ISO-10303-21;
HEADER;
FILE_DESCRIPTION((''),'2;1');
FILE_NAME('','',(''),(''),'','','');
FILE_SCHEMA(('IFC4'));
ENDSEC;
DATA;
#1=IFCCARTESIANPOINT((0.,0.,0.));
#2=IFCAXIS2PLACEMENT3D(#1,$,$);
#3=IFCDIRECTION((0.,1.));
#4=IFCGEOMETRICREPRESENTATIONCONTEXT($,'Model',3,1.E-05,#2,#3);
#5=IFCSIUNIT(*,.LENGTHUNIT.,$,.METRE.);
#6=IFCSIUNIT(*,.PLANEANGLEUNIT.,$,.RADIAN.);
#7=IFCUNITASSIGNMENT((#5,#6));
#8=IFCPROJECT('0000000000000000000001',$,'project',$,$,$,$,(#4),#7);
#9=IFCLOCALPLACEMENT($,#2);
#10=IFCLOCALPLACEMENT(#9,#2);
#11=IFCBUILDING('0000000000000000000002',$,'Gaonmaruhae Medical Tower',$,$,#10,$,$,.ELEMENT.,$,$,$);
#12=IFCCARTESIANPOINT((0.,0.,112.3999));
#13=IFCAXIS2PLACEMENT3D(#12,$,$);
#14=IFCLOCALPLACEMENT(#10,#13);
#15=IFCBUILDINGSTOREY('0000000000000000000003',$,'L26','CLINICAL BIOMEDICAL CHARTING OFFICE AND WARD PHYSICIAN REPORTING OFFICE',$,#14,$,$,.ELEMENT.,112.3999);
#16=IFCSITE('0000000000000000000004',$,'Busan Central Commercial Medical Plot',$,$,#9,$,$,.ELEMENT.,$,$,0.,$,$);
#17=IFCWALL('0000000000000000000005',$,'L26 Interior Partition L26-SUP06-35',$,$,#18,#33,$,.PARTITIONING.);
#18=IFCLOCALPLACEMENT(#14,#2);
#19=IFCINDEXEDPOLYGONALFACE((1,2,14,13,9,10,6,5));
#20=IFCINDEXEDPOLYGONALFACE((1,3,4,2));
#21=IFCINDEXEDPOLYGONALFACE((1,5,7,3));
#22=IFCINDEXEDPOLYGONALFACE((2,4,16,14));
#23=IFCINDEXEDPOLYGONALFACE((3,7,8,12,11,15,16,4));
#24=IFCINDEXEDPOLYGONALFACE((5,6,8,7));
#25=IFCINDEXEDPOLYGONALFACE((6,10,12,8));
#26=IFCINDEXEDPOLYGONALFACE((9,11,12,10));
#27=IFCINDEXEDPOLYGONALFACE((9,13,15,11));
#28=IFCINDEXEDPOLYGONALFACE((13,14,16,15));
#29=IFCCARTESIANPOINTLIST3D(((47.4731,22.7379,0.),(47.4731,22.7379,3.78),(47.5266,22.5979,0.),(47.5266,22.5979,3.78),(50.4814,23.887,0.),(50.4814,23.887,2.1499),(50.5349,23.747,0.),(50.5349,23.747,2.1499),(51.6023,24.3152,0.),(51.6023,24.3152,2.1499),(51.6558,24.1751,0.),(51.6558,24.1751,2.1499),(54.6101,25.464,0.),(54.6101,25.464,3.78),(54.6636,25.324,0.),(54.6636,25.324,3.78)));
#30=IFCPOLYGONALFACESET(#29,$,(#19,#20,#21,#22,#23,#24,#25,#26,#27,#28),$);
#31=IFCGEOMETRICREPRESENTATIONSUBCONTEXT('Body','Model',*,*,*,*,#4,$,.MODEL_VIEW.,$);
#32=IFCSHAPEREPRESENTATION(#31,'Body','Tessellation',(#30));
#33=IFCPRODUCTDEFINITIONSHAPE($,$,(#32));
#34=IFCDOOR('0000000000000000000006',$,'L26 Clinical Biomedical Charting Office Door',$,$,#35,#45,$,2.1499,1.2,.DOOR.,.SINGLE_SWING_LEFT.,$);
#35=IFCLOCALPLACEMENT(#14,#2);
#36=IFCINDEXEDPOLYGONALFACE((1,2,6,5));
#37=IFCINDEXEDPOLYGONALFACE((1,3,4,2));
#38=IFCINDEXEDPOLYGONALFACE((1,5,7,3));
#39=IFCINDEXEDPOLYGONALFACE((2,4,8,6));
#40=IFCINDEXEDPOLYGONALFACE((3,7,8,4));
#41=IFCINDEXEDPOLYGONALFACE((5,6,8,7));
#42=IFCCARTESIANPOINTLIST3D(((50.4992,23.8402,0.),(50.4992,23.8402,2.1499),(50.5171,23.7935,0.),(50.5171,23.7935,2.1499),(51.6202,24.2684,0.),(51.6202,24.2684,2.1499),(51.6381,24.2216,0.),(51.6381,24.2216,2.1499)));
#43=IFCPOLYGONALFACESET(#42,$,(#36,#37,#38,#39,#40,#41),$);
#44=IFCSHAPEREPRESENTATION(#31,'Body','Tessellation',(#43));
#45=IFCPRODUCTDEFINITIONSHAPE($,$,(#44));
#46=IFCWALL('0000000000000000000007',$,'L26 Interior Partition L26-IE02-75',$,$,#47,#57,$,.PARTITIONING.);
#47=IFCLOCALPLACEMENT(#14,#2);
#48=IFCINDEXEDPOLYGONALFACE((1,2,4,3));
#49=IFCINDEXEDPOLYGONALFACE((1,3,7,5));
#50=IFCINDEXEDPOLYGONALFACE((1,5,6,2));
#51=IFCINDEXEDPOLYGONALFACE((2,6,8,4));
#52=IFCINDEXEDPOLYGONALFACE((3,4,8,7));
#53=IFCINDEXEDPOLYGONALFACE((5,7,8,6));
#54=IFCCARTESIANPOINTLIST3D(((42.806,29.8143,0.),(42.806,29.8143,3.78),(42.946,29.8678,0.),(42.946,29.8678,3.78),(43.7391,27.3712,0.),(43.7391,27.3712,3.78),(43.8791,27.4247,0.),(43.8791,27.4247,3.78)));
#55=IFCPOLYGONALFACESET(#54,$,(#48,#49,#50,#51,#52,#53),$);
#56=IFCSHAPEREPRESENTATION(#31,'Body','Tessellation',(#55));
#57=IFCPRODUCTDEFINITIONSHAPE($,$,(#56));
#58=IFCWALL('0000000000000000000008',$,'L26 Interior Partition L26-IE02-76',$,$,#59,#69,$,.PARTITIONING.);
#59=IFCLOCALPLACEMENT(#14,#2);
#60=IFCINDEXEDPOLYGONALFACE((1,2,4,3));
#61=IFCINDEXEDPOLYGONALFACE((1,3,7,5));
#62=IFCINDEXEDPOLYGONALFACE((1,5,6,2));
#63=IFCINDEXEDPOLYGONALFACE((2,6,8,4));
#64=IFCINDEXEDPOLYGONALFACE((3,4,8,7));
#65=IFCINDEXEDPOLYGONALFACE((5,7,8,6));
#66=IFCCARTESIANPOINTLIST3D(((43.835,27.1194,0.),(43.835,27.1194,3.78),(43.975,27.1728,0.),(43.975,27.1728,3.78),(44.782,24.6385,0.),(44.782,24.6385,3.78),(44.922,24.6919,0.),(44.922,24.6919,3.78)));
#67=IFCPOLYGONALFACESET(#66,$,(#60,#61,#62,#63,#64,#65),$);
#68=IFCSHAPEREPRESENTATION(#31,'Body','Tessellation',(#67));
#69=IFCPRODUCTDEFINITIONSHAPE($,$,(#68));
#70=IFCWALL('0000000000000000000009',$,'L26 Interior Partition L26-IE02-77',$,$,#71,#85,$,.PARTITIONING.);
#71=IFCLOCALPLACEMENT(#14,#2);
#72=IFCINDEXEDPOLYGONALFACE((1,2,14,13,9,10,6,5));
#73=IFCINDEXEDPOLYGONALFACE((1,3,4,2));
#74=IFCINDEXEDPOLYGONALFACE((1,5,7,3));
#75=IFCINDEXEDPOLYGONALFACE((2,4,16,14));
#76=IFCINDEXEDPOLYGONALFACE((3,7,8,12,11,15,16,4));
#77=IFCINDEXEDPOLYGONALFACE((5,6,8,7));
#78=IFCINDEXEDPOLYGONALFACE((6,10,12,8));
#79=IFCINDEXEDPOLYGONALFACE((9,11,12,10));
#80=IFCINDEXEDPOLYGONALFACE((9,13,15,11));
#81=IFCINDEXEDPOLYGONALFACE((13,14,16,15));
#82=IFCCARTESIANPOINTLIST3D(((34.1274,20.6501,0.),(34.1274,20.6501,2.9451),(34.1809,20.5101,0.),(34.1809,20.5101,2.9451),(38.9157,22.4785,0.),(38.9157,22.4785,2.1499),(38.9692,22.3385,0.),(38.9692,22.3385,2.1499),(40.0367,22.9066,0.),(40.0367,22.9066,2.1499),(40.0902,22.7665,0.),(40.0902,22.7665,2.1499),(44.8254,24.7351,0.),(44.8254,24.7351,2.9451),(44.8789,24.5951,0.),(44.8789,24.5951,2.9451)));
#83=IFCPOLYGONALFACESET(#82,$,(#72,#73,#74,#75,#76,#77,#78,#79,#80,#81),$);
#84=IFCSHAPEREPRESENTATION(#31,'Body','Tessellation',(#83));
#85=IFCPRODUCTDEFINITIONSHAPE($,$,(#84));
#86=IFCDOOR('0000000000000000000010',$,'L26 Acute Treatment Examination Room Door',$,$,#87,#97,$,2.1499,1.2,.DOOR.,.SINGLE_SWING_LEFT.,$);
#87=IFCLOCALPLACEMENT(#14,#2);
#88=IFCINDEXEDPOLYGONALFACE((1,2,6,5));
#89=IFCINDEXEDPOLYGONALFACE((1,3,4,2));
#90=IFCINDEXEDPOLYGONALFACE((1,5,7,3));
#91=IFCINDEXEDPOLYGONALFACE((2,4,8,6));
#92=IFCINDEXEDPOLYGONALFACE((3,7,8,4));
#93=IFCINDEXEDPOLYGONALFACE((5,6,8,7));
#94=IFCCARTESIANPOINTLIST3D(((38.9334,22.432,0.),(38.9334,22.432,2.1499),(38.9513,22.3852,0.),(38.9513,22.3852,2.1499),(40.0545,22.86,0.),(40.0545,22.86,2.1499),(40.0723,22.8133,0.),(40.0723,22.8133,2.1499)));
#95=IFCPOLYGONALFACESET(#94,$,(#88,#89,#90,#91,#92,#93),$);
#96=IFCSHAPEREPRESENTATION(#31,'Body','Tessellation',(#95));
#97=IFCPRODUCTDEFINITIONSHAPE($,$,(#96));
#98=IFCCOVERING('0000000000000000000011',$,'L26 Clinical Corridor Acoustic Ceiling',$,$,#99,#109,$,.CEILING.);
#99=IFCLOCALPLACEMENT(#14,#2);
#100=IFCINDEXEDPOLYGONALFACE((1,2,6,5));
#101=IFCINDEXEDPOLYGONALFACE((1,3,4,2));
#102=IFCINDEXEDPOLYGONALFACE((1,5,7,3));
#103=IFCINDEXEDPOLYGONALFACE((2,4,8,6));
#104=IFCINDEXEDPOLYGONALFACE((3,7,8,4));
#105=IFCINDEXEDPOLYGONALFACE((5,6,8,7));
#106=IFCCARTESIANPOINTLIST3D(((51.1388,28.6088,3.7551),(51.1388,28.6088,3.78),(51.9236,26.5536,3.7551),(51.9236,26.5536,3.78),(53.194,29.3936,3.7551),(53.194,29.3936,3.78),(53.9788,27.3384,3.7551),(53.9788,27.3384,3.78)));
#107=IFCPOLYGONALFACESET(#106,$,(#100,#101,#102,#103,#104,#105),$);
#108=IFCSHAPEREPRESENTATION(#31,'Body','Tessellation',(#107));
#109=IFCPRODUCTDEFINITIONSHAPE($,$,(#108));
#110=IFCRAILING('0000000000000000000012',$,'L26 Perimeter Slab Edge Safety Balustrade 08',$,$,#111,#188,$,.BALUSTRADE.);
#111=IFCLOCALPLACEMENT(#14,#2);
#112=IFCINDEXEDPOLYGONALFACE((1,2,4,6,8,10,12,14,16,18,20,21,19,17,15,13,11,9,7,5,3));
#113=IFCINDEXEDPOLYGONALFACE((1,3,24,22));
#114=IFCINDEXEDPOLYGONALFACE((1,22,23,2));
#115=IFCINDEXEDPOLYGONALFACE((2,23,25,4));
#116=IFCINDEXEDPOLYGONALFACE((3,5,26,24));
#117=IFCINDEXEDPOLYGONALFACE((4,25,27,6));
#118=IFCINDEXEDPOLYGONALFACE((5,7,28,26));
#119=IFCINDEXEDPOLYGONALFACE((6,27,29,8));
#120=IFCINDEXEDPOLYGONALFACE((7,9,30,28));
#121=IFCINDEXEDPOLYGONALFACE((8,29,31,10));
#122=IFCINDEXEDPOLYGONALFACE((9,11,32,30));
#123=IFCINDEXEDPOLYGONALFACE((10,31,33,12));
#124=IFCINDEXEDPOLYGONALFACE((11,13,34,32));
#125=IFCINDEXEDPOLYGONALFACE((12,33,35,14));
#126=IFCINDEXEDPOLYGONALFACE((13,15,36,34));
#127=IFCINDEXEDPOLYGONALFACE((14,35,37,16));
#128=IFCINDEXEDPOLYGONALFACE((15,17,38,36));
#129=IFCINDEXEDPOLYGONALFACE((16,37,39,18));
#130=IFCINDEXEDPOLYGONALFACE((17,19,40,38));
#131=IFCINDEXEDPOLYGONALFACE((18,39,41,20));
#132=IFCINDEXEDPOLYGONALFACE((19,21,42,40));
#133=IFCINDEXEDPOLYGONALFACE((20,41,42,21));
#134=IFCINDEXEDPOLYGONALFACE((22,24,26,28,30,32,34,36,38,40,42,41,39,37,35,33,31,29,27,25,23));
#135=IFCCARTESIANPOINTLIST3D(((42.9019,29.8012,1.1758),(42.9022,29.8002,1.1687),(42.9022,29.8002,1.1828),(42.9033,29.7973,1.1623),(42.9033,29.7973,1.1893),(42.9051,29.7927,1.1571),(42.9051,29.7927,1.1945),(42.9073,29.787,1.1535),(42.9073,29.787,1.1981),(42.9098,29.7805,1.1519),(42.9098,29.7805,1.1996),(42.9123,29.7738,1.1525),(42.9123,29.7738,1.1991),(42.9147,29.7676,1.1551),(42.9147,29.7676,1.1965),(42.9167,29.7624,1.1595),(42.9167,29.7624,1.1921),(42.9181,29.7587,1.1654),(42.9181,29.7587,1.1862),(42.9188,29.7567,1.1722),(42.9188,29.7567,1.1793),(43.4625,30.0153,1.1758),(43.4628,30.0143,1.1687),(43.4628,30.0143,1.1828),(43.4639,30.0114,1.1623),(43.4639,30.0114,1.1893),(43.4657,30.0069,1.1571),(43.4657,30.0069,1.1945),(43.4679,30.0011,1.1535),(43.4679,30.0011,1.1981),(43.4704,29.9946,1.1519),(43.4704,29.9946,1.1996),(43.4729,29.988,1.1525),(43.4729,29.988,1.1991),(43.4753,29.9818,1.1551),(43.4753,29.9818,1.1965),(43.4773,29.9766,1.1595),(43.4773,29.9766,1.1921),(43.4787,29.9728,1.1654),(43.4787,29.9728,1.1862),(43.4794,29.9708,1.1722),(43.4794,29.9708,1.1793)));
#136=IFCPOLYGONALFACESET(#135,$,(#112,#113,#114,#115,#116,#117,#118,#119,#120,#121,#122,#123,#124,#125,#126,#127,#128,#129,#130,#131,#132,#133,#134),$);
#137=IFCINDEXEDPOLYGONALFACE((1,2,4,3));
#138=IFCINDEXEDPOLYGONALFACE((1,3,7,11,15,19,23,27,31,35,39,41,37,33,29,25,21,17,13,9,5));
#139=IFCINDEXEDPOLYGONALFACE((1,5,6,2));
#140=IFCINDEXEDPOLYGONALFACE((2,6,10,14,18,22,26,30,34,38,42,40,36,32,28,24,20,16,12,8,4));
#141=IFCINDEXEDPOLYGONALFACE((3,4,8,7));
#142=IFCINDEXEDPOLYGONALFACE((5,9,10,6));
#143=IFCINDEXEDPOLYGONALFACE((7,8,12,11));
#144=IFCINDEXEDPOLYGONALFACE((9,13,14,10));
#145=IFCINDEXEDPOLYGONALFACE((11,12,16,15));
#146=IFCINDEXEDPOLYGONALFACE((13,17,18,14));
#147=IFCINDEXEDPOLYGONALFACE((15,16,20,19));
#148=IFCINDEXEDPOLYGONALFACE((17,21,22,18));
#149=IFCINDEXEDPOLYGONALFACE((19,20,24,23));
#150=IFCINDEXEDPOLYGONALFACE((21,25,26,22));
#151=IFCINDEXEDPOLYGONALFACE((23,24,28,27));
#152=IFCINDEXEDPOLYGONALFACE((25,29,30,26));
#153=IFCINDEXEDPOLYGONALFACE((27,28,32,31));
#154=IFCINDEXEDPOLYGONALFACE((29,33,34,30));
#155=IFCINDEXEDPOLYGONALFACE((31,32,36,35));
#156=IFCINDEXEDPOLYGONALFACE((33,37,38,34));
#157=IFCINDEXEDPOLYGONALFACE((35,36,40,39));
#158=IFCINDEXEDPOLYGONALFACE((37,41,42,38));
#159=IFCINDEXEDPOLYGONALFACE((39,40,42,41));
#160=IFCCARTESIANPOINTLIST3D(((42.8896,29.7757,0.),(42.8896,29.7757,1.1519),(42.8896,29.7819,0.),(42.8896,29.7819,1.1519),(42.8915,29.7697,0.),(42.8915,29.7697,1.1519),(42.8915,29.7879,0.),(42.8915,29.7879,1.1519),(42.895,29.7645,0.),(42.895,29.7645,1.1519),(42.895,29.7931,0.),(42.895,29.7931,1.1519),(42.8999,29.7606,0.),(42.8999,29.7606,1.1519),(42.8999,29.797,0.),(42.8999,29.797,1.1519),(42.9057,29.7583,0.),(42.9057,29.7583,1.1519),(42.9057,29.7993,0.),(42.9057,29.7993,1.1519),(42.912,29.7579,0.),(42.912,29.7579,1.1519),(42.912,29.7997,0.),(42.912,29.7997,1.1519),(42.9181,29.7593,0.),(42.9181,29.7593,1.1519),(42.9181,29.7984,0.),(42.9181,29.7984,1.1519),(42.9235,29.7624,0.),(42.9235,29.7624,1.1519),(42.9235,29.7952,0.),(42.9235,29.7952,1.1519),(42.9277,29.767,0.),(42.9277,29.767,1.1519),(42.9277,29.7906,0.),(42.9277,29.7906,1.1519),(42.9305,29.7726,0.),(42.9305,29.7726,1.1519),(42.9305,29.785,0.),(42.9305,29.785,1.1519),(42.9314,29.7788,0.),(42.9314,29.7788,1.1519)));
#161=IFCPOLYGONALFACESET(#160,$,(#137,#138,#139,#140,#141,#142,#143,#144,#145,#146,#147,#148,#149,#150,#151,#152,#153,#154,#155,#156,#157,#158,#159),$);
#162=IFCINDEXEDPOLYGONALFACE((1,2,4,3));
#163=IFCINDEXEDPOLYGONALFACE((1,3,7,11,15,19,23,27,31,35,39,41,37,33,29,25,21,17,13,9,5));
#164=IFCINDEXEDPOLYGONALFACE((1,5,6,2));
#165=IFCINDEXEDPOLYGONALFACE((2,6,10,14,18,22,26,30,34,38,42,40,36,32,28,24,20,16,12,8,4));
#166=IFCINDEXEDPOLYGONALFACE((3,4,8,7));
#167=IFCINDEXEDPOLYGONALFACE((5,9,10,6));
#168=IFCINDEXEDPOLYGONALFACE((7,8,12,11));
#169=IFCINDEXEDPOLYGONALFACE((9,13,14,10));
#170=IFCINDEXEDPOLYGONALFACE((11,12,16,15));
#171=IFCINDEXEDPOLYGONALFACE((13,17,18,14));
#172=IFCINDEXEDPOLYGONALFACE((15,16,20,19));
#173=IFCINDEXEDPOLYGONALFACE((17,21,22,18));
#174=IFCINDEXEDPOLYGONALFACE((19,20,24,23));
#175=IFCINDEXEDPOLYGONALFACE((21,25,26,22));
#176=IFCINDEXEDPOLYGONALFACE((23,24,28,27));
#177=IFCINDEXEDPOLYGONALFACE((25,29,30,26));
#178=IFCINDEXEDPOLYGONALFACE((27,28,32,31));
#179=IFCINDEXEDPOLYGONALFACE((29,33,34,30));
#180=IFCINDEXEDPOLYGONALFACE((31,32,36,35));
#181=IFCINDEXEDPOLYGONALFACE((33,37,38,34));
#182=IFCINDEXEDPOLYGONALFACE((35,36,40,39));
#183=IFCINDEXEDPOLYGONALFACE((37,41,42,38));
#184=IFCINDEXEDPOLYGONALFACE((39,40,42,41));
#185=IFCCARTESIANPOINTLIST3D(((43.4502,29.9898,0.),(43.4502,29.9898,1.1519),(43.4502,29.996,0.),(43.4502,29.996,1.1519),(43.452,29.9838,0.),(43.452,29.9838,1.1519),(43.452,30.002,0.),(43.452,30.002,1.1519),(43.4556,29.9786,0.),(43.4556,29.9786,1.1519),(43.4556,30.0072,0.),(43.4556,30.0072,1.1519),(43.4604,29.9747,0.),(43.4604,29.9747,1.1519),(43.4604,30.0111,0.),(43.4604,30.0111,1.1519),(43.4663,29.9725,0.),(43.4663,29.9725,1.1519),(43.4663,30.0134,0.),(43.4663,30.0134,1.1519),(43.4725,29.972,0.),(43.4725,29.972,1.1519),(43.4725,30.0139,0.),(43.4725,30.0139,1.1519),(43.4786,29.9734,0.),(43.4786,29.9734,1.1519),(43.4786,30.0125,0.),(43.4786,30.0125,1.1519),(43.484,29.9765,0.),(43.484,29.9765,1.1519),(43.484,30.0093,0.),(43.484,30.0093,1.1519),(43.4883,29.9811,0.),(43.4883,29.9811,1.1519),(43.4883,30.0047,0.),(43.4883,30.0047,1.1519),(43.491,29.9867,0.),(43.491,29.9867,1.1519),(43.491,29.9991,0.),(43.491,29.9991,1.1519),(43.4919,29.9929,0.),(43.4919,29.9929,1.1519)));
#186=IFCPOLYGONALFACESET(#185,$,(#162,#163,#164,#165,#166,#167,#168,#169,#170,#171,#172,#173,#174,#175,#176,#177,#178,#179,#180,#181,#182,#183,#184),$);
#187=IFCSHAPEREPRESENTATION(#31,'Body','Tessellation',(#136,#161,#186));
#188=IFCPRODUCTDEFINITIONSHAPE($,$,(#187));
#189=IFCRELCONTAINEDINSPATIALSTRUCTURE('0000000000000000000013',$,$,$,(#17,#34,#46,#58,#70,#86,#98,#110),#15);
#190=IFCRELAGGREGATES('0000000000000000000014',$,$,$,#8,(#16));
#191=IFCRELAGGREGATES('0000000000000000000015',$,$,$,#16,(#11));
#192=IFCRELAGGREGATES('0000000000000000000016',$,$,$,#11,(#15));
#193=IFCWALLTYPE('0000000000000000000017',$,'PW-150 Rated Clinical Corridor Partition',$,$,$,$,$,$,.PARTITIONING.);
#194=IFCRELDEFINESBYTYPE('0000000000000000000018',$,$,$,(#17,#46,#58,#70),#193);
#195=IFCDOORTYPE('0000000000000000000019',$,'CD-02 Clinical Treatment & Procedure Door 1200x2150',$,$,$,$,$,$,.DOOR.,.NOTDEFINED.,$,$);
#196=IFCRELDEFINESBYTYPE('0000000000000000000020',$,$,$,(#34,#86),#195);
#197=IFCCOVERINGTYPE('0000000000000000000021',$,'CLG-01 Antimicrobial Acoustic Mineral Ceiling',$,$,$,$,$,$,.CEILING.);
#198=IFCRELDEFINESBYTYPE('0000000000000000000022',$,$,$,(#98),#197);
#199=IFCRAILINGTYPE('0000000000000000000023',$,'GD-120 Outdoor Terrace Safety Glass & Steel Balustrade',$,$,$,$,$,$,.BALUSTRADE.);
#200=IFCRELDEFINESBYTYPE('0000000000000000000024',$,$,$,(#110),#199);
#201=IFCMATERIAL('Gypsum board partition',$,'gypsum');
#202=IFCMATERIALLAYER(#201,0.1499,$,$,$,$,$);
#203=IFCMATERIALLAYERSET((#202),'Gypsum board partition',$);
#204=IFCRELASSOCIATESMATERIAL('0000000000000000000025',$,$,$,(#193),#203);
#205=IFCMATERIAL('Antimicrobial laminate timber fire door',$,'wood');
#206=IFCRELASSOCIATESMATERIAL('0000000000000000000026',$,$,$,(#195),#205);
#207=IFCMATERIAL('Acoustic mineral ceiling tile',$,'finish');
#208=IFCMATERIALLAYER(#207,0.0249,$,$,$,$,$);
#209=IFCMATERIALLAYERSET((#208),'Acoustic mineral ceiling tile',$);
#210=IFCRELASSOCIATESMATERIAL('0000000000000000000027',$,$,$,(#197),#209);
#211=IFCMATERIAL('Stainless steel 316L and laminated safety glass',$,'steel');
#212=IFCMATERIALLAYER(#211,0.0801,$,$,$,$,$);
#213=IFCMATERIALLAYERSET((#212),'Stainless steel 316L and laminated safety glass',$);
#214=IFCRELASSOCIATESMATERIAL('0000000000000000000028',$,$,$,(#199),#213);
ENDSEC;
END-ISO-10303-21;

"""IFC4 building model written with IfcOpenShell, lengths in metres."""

from ifc_helpers import new_model, si_unit, direction, frame, frame_2d, origin, origin_2d, place, context, subcontext, project, spatial, rectangle, circle, extrude, material, layer, layer_set, type_object, element, fill, save


model = new_model("IFC4")

# Units and contexts
model_context = context("Model", 3, precision=1e-05, world=origin(), true_north=direction((0.0, 1.0)))
body_context = subcontext(model_context, "Body", "Model", "MODEL_VIEW")
ifc_project = project(units=[si_unit("LENGTHUNIT", "METRE"), si_unit("PLANEANGLEUNIT", "RADIAN")], contexts=[model_context])

# Site, building, storey
site_placement = place(None, origin())
site = spatial("IfcSite", under=ifc_project, at=site_placement, Name="Busan Central Commercial Medical Plot", CompositionType="ELEMENT", RefElevation=0.0)
building_placement = place(site_placement, origin())
building = spatial("IfcBuilding", under=site, at=building_placement, Name="Gaonmaruhae Medical Tower", CompositionType="ELEMENT")
storey_placement = place(building_placement, frame((0.0, 0.0, 112.3999)))
storey = spatial("IfcBuildingStorey", under=building, at=storey_placement, Name="L26", Description="CLINICAL BIOMEDICAL CHARTING OFFICE AND WARD PHYSICIAN REPORTING OFFICE", CompositionType="ELEMENT", Elevation=112.3999)

# Shared definitions
ifc_material_1 = material(Name="Gypsum board partition", Category="gypsum")
ifc_layer_1 = layer(ifc_material_1, 0.1499)
ifc_layer_set_1 = layer_set([ifc_layer_1], Name="Gypsum board partition")
wall_type_1 = type_object("IfcWallType", Name="PW-150 Rated Clinical Corridor Partition", PredefinedType="PARTITIONING", material=ifc_layer_set_1)
ifc_material_2 = material(Name="Antimicrobial laminate timber fire door", Category="wood")
door_type_1 = type_object("IfcDoorType", Name="CD-02 Clinical Treatment & Procedure Door 1200x2150", OperationType="NOTDEFINED", PredefinedType="DOOR", material=ifc_material_2)

# Wall, opening, door
wall_1_placement = place(storey_placement, frame((47.5, 22.668, 0.0), z_axis=(0.0, 0.0, 1.0), x_axis=(0.934172, 0.356822, 0.0)))
wall_1 = element("IfcWall", 1, at=wall_1_placement, inside=storey, type_object=wall_type_1, Name="L26 Interior Partition L26-SUP06-35", PredefinedType="PARTITIONING", context=body_context, shape_type="SweptSolid", body=[
    extrude(rectangle(XDim=7.6399, YDim=0.1499, at=frame_2d((3.8198, 0.0))), origin(), (0.0, 0.0, 1.0), 3.78),
])
opening_1_placement = place(wall_1_placement, frame((3.22, 0.0, 0.0)))
opening_1 = element("IfcOpeningElement", 2, at=opening_1_placement, cuts=wall_1, PredefinedType="OPENING", context=body_context, shape_type="SweptSolid", body=[
    extrude(rectangle(XDim=1.2, YDim=2.1499, at=frame_2d((0.6001, 1.075))), frame((0.0, 0.085, 0.0), z_axis=(0.0, -1.0, 0.0), x_axis=(1.0, 0.0, 0.0)), (0.0, 0.0, 1.0), 0.1699),
])
door_1_placement = place(opening_1_placement, origin())
door_1 = element("IfcDoor", 3, at=door_1_placement, inside=storey, type_object=door_type_1, Name="L26 Clinical Biomedical Charting Office Door", OperationType="SINGLE_SWING_LEFT", OverallHeight=2.1499, OverallWidth=1.2, PredefinedType="DOOR", context=body_context, shape_type="SweptSolid", body=[
    extrude(rectangle(XDim=1.2, YDim=2.1499, at=frame_2d((0.6001, 1.075))), frame((0.0, 0.0249, 0.0), z_axis=(0.0, -1.0, 0.0), x_axis=(1.0, 0.0, 0.0)), (0.0, 0.0, 1.0), 0.05),
])
fill(opening_1, door_1)

# Walls
wall_2_placement = place(storey_placement, frame((42.876, 29.8411, 0.0), z_axis=(0.0, 0.0, 1.0), x_axis=(0.356795, -0.934183, 0.0)))
element("IfcWall", 4, at=wall_2_placement, inside=storey, type_object=wall_type_1, Name="L26 Interior Partition L26-IE02-75", PredefinedType="PARTITIONING", context=body_context, shape_type="SweptSolid", body=[
    extrude(rectangle(XDim=2.6152, YDim=0.1499, at=frame_2d((1.3076, 0.0))), origin(), (0.0, 0.0, 1.0), 3.78),
])
wall_3_placement = place(storey_placement, frame((43.905, 27.146, 0.0), z_axis=(0.0, 0.0, 1.0), x_axis=(0.356618, -0.93425, 0.0)))
element("IfcWall", 5, at=wall_3_placement, inside=storey, type_object=wall_type_1, Name="L26 Interior Partition L26-IE02-76", PredefinedType="PARTITIONING", context=body_context, shape_type="SweptSolid", body=[
    extrude(rectangle(XDim=2.6555, YDim=0.1499, at=frame_2d((1.3276, 0.0))), origin(), (0.0, 0.0, 1.0), 3.78),
])

# Wall, opening, door
wall_4_placement = place(storey_placement, frame((44.8521, 24.665, 0.0), z_axis=(0.0, 0.0, 1.0), x_axis=(-0.934211, -0.356722, 0.0)))
wall_4 = element("IfcWall", 6, at=wall_4_placement, inside=storey, type_object=wall_type_1, Name="L26 Interior Partition L26-IE02-77", PredefinedType="PARTITIONING", context=body_context, shape_type="SweptSolid", body=[
    extrude(rectangle(XDim=11.4514, YDim=0.1499, at=frame_2d((5.7256, 0.0))), origin(), (0.0, 0.0, 1.0), 2.9451),
])
opening_2_placement = place(wall_4_placement, frame((5.1257, 0.0, 0.0)))
opening_2 = element("IfcOpeningElement", 7, at=opening_2_placement, cuts=wall_4, PredefinedType="OPENING", context=body_context, shape_type="SweptSolid", body=[
    extrude(rectangle(XDim=1.2, YDim=2.1499, at=frame_2d((0.6001, 1.075))), frame((0.0, 0.085, 0.0), z_axis=(0.0, -1.0, 0.0), x_axis=(1.0, 0.0, 0.0)), (0.0, 0.0, 1.0), 0.1699),
])
door_2_placement = place(opening_2_placement, origin())
door_2 = element("IfcDoor", 8, at=door_2_placement, inside=storey, type_object=door_type_1, Name="L26 Acute Treatment Examination Room Door", OperationType="SINGLE_SWING_LEFT", OverallHeight=2.1499, OverallWidth=1.2, PredefinedType="DOOR", context=body_context, shape_type="SweptSolid", body=[
    extrude(rectangle(XDim=1.2, YDim=2.1499, at=frame_2d((0.6001, 1.075))), frame((0.0, 0.0249, 0.0), z_axis=(0.0, -1.0, 0.0), x_axis=(1.0, 0.0, 0.0)), (0.0, 0.0, 1.0), 0.05),
])
fill(opening_2, door_2)

# Covering
ifc_material_3 = material(Name="Acoustic mineral ceiling tile", Category="finish")
ifc_layer_2 = layer(ifc_material_3, 0.0249)
ifc_layer_set_2 = layer_set([ifc_layer_2], Name="Acoustic mineral ceiling tile")
covering_type = type_object("IfcCoveringType", Name="CLG-01 Antimicrobial Acoustic Mineral Ceiling", PredefinedType="CEILING", material=ifc_layer_set_2)
covering_placement = place(storey_placement, frame((52.5588, 27.9736, 3.7551), z_axis=(0.0, 0.0, 1.0), x_axis=(0.934204, 0.356738, 0.0)))
element("IfcCovering", 9, at=covering_placement, inside=storey, type_object=covering_type, Name="L26 Clinical Corridor Acoustic Ceiling", PredefinedType="CEILING", context=body_context, shape_type="SweptSolid", body=[
    extrude(rectangle(XDim=2.2, YDim=2.2, at=origin_2d()), origin(), (0.0, 0.0, 1.0), 0.0249),
])

# Railing
ifc_material_4 = material(Name="Stainless steel 316L and laminated safety glass", Category="steel")
ifc_layer_3 = layer(ifc_material_4, 0.0801)
ifc_layer_set_3 = layer_set([ifc_layer_3], Name="Stainless steel 316L and laminated safety glass")
railing_type = type_object("IfcRailingType", Name="GD-120 Outdoor Terrace Safety Glass & Steel Balustrade", PredefinedType="BALUSTRADE", material=ifc_layer_set_3)
railing_1_placement = place(storey_placement, frame((42.9104, 29.7788, 0.0)))
element("IfcRailing", 10, at=railing_1_placement, inside=storey, type_object=railing_type, Name="L26 Perimeter Slab Edge Safety Balustrade 08", PredefinedType="BALUSTRADE", context=body_context, shape_type="SweptSolid", body=[
    extrude(circle(Radius=0.0239, at=origin_2d()), frame((0.0, 0.0, 1.1758), z_axis=(0.934172, 0.356824, 0.0), x_axis=(-0.356824, 0.934172, 0.0)), (0.0, 0.0, 1.0), 0.6001),
    extrude(circle(Radius=0.021, at=origin_2d()), origin(), (0.0, 0.0, 1.0), 1.1519),
    extrude(circle(Radius=0.021, at=origin_2d()), frame((0.5605, 0.2141, 0.0)), (0.0, 0.0, 1.0), 1.1519),
])

save(model, "model.ifc")
